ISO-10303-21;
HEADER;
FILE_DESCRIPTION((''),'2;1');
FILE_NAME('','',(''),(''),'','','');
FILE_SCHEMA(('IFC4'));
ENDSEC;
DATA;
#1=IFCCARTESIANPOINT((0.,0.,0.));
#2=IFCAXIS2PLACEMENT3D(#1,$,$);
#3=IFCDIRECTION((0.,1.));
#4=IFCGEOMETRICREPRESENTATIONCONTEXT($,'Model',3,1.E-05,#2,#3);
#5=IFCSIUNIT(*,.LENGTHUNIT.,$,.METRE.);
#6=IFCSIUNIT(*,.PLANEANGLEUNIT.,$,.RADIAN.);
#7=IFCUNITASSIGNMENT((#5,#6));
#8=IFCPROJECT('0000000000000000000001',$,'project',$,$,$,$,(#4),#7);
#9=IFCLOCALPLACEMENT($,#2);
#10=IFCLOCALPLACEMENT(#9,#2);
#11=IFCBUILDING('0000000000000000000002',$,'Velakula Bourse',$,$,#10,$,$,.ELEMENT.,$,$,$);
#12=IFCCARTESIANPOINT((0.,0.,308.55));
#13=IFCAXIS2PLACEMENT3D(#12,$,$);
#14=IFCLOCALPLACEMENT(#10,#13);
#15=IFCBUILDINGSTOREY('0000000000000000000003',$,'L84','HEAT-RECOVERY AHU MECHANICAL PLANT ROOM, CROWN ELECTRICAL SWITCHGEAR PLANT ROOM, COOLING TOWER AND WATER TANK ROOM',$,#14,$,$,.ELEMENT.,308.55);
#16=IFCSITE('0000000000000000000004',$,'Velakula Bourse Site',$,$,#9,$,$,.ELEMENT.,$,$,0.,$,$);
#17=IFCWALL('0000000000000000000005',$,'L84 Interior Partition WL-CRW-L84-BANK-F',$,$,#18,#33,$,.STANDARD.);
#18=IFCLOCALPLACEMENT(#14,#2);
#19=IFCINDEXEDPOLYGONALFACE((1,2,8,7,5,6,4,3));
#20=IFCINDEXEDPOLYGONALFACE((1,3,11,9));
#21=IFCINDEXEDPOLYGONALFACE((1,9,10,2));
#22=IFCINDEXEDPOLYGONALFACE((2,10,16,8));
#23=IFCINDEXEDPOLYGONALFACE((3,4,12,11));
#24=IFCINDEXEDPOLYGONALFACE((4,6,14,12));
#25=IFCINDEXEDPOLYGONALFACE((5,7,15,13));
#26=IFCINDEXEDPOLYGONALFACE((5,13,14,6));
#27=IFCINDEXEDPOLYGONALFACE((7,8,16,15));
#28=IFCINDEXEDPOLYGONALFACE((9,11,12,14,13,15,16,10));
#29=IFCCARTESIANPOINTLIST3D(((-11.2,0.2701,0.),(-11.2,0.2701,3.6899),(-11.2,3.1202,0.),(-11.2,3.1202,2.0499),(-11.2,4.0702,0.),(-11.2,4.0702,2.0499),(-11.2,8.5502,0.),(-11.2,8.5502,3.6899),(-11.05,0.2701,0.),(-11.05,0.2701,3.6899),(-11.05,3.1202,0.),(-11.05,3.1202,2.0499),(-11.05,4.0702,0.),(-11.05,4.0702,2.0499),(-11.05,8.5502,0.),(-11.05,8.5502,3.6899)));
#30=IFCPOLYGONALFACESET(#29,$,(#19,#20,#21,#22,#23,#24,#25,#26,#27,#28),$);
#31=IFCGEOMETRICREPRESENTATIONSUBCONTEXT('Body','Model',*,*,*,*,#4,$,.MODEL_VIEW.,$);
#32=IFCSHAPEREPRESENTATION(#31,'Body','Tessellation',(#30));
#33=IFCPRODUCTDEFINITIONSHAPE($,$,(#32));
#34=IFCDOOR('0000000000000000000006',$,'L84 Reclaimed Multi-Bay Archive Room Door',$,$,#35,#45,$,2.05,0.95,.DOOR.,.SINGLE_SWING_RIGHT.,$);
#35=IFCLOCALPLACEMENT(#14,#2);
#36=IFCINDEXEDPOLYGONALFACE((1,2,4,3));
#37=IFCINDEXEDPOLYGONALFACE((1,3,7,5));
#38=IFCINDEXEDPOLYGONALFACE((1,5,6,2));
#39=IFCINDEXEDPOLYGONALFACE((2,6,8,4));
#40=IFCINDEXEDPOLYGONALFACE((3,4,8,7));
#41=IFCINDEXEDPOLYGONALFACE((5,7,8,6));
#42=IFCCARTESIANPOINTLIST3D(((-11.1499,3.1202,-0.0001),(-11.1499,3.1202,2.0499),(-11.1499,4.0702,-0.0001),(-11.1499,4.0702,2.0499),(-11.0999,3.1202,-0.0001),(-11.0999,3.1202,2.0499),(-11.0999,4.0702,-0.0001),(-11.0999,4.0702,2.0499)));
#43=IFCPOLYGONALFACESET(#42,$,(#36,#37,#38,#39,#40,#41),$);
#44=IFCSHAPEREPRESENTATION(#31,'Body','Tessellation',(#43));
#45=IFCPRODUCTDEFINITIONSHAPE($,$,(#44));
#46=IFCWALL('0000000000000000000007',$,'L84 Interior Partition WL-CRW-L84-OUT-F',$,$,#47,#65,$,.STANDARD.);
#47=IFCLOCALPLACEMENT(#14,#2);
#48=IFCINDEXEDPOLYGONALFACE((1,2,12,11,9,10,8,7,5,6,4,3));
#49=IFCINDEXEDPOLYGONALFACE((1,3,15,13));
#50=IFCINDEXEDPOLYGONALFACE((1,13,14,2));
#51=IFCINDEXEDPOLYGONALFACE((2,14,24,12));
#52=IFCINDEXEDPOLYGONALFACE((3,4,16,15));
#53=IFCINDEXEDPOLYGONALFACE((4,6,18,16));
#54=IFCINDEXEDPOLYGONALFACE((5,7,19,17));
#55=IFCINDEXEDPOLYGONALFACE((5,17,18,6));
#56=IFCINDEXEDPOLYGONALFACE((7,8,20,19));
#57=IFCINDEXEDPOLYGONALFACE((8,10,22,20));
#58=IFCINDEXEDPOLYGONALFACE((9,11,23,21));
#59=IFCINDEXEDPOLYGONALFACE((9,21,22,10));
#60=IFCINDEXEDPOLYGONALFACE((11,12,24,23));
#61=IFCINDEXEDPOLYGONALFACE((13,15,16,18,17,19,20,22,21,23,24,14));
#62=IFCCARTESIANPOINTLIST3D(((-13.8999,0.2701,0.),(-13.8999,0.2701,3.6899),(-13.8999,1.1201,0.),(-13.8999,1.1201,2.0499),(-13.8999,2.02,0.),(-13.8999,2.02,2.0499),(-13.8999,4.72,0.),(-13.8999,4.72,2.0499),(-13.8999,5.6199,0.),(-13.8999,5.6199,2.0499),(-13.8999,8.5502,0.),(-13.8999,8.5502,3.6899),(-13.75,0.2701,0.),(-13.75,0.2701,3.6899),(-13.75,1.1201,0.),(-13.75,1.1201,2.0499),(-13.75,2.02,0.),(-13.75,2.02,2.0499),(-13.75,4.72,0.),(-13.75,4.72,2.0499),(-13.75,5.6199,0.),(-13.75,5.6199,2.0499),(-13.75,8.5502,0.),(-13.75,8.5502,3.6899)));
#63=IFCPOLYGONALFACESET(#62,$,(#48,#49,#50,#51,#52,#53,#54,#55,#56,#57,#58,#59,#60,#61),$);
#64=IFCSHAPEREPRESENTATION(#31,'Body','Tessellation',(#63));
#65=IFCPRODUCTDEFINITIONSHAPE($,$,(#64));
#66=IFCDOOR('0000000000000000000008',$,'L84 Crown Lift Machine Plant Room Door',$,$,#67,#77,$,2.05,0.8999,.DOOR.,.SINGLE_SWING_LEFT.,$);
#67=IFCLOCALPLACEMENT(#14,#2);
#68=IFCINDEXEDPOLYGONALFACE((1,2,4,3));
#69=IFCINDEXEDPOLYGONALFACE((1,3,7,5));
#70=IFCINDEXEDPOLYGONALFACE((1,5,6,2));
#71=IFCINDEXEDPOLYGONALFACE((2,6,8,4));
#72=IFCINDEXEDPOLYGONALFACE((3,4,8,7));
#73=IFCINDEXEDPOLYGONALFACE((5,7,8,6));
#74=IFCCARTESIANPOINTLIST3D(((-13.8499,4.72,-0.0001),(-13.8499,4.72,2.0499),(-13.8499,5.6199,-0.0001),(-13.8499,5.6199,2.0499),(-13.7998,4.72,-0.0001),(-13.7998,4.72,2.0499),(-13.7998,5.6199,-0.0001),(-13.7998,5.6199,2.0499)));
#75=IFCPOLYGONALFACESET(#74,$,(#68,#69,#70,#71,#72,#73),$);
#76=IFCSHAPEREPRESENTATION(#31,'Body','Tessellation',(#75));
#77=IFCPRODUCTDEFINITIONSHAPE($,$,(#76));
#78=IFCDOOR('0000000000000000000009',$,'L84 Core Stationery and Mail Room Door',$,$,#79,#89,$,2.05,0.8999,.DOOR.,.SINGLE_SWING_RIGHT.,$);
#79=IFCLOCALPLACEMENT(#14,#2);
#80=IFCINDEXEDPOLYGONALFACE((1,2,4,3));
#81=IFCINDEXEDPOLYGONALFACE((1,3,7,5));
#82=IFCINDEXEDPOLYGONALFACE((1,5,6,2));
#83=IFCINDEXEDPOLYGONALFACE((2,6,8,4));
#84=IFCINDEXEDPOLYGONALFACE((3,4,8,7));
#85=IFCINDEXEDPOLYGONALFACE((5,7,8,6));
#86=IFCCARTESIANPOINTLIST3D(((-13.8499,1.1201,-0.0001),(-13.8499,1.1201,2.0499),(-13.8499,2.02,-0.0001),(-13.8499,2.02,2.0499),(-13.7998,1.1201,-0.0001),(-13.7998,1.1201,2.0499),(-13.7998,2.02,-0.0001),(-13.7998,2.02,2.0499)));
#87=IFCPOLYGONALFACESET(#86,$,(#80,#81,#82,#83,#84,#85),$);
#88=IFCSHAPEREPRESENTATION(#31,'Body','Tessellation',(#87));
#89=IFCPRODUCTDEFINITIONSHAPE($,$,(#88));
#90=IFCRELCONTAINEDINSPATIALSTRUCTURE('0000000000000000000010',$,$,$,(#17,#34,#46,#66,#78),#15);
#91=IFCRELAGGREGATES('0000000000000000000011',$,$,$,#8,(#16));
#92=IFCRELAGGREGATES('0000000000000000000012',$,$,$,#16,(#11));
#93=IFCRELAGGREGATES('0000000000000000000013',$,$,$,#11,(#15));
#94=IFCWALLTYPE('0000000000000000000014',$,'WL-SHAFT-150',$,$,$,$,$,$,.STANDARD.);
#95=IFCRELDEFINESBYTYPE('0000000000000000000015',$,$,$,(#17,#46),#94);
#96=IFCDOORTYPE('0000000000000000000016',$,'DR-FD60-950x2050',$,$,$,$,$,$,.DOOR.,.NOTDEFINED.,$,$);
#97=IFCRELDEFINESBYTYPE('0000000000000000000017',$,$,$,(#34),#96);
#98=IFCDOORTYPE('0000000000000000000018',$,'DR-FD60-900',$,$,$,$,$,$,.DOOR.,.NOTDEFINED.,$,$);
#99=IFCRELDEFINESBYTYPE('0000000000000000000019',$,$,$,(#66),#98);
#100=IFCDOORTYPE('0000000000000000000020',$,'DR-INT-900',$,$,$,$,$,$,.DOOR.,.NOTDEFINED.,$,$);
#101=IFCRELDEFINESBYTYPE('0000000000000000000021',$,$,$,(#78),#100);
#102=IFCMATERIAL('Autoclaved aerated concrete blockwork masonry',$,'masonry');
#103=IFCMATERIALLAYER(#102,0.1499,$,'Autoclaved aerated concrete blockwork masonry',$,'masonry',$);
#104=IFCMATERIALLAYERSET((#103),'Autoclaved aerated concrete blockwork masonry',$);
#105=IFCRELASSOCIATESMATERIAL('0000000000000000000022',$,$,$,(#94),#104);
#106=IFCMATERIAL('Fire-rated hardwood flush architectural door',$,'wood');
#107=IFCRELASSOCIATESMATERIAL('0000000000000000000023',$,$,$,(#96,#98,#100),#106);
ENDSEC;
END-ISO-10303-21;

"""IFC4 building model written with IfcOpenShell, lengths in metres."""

from ifc_helpers import new_model, si_unit, direction, frame, frame_2d, origin, place, context, subcontext, project, spatial, rectangle, extrude, material, layer, layer_set, type_object, element, fill, save


model = new_model("IFC4")

# Units and contexts
model_context = context("Model", 3, precision=1e-05, world=origin(), true_north=direction((0.0, 1.0)))
body_context = subcontext(model_context, "Body", "Model", "MODEL_VIEW")
ifc_project = project(units=[si_unit("LENGTHUNIT", "METRE"), si_unit("PLANEANGLEUNIT", "RADIAN")], contexts=[model_context])

# Site, building, storey
site_placement = place(None, origin())
site = spatial("IfcSite", under=ifc_project, at=site_placement, Name="Velakula Bourse Site", CompositionType="ELEMENT", RefElevation=0.0)
building_placement = place(site_placement, origin())
building = spatial("IfcBuilding", under=site, at=building_placement, Name="Velakula Bourse", CompositionType="ELEMENT")
storey_placement = place(building_placement, frame((0.0, 0.0, 308.55)))
storey = spatial("IfcBuildingStorey", under=building, at=storey_placement, Name="L84", Description="HEAT-RECOVERY AHU MECHANICAL PLANT ROOM, CROWN ELECTRICAL SWITCHGEAR PLANT ROOM, COOLING TOWER AND WATER TANK ROOM", CompositionType="ELEMENT", Elevation=308.55)

# Shared definitions
ifc_material_1 = material(Name="Fire-rated hardwood flush architectural door", Category="wood")

# Wall, opening, door
ifc_material_2 = material(Name="Autoclaved aerated concrete blockwork masonry", Category="masonry")
ifc_layer_1 = layer(ifc_material_2, 0.1499, Name="Autoclaved aerated concrete blockwork masonry", Category="masonry")
ifc_layer_set_1 = layer_set([ifc_layer_1], Name="Autoclaved aerated concrete blockwork masonry")
wall_type_1 = type_object("IfcWallType", Name="WL-SHAFT-150", PredefinedType="STANDARD", material=ifc_layer_set_1)
wall_1_placement = place(storey_placement, frame((-11.125, 0.27, 0.0), z_axis=(0.0, 0.0, 1.0), x_axis=(0.0, 1.0, 0.0)))
wall_1 = element("IfcWall", 1, at=wall_1_placement, inside=storey, type_object=wall_type_1, Name="L84 Interior Partition WL-CRW-L84-BANK-F", PredefinedType="STANDARD", context=body_context, shape_type="SweptSolid", body=[
    extrude(rectangle(XDim=8.28, YDim=0.1499, at=frame_2d((4.1401, 0.0))), origin(), (0.0, 0.0, 1.0), 3.6899),
])
opening_1_placement = place(wall_1_placement, frame((2.8501, 0.0, 0.0)))
opening_1 = element("IfcOpeningElement", 2, at=opening_1_placement, cuts=wall_1, PredefinedType="OPENING", context=body_context, shape_type="SweptSolid", body=[
    extrude(rectangle(XDim=0.95, YDim=2.05, at=frame_2d((0.4751, 1.0249))), frame((0.0, 0.085, 0.0), z_axis=(0.0, -1.0, 0.0), x_axis=(1.0, 0.0, 0.0)), (0.0, 0.0, 1.0), 0.1699),
])
door_type_1 = type_object("IfcDoorType", Name="DR-FD60-950x2050", OperationType="NOTDEFINED", PredefinedType="DOOR", material=ifc_material_1)
door_1_placement = place(opening_1_placement, origin())
door_1 = element("IfcDoor", 3, at=door_1_placement, inside=storey, type_object=door_type_1, Name="L84 Reclaimed Multi-Bay Archive Room Door", OperationType="SINGLE_SWING_RIGHT", OverallHeight=2.05, OverallWidth=0.95, PredefinedType="DOOR", context=body_context, shape_type="SweptSolid", body=[
    extrude(rectangle(XDim=0.95, YDim=2.05, at=frame_2d((0.4751, 1.0249))), frame((0.0, 0.0249, 0.0), z_axis=(0.0, -1.0, 0.0), x_axis=(1.0, 0.0, 0.0)), (0.0, 0.0, 1.0), 0.05),
])
fill(opening_1, door_1)

# Wall, openings, doors
wall_2_placement = place(storey_placement, frame((-13.825, 0.27, 0.0), z_axis=(0.0, 0.0, 1.0), x_axis=(0.0, 1.0, 0.0)))
wall_2 = element("IfcWall", 4, at=wall_2_placement, inside=storey, type_object=wall_type_1, Name="L84 Interior Partition WL-CRW-L84-OUT-F", PredefinedType="STANDARD", context=body_context, shape_type="SweptSolid", body=[
    extrude(rectangle(XDim=8.28, YDim=0.1499, at=frame_2d((4.1401, 0.0))), origin(), (0.0, 0.0, 1.0), 3.6899),
])
opening_2_placement = place(wall_2_placement, frame((4.45, 0.0, 0.0)))
opening_2 = element("IfcOpeningElement", 5, at=opening_2_placement, cuts=wall_2, PredefinedType="OPENING", context=body_context, shape_type="SweptSolid", body=[
    extrude(rectangle(XDim=0.8999, YDim=2.05, at=frame_2d((0.45, 1.0249))), frame((0.0, 0.085, 0.0), z_axis=(0.0, -1.0, 0.0), x_axis=(1.0, 0.0, 0.0)), (0.0, 0.0, 1.0), 0.1699),
])
opening_3_placement = place(wall_2_placement, frame((0.8501, 0.0, 0.0)))
opening_3 = element("IfcOpeningElement", 6, at=opening_3_placement, cuts=wall_2, PredefinedType="OPENING", context=body_context, shape_type="SweptSolid", body=[
    extrude(rectangle(XDim=0.8999, YDim=2.05, at=frame_2d((0.45, 1.0249))), frame((0.0, 0.085, 0.0), z_axis=(0.0, -1.0, 0.0), x_axis=(1.0, 0.0, 0.0)), (0.0, 0.0, 1.0), 0.1699),
])
door_type_2 = type_object("IfcDoorType", Name="DR-FD60-900", OperationType="NOTDEFINED", PredefinedType="DOOR", material=ifc_material_1)
door_2_placement = place(opening_2_placement, origin())
door_2 = element("IfcDoor", 7, at=door_2_placement, inside=storey, type_object=door_type_2, Name="L84 Crown Lift Machine Plant Room Door", OperationType="SINGLE_SWING_LEFT", OverallHeight=2.05, OverallWidth=0.8999, PredefinedType="DOOR", context=body_context, shape_type="SweptSolid", body=[
    extrude(rectangle(XDim=0.8999, YDim=2.05, at=frame_2d((0.45, 1.0249))), frame((0.0, 0.0249, 0.0), z_axis=(0.0, -1.0, 0.0), x_axis=(1.0, 0.0, 0.0)), (0.0, 0.0, 1.0), 0.05),
])
fill(opening_2, door_2)
door_type_3 = type_object("IfcDoorType", Name="DR-INT-900", OperationType="NOTDEFINED", PredefinedType="DOOR", material=ifc_material_1)
door_3_placement = place(opening_3_placement, origin())
door_3 = element("IfcDoor", 8, at=door_3_placement, inside=storey, type_object=door_type_3, Name="L84 Core Stationery and Mail Room Door", OperationType="SINGLE_SWING_RIGHT", OverallHeight=2.05, OverallWidth=0.8999, PredefinedType="DOOR", context=body_context, shape_type="SweptSolid", body=[
    extrude(rectangle(XDim=0.8999, YDim=2.05, at=frame_2d((0.45, 1.0249))), frame((0.0, 0.0249, 0.0), z_axis=(0.0, -1.0, 0.0), x_axis=(1.0, 0.0, 0.0)), (0.0, 0.0, 1.0), 0.05),
])
fill(opening_3, door_3)

save(model, "model.ifc")
